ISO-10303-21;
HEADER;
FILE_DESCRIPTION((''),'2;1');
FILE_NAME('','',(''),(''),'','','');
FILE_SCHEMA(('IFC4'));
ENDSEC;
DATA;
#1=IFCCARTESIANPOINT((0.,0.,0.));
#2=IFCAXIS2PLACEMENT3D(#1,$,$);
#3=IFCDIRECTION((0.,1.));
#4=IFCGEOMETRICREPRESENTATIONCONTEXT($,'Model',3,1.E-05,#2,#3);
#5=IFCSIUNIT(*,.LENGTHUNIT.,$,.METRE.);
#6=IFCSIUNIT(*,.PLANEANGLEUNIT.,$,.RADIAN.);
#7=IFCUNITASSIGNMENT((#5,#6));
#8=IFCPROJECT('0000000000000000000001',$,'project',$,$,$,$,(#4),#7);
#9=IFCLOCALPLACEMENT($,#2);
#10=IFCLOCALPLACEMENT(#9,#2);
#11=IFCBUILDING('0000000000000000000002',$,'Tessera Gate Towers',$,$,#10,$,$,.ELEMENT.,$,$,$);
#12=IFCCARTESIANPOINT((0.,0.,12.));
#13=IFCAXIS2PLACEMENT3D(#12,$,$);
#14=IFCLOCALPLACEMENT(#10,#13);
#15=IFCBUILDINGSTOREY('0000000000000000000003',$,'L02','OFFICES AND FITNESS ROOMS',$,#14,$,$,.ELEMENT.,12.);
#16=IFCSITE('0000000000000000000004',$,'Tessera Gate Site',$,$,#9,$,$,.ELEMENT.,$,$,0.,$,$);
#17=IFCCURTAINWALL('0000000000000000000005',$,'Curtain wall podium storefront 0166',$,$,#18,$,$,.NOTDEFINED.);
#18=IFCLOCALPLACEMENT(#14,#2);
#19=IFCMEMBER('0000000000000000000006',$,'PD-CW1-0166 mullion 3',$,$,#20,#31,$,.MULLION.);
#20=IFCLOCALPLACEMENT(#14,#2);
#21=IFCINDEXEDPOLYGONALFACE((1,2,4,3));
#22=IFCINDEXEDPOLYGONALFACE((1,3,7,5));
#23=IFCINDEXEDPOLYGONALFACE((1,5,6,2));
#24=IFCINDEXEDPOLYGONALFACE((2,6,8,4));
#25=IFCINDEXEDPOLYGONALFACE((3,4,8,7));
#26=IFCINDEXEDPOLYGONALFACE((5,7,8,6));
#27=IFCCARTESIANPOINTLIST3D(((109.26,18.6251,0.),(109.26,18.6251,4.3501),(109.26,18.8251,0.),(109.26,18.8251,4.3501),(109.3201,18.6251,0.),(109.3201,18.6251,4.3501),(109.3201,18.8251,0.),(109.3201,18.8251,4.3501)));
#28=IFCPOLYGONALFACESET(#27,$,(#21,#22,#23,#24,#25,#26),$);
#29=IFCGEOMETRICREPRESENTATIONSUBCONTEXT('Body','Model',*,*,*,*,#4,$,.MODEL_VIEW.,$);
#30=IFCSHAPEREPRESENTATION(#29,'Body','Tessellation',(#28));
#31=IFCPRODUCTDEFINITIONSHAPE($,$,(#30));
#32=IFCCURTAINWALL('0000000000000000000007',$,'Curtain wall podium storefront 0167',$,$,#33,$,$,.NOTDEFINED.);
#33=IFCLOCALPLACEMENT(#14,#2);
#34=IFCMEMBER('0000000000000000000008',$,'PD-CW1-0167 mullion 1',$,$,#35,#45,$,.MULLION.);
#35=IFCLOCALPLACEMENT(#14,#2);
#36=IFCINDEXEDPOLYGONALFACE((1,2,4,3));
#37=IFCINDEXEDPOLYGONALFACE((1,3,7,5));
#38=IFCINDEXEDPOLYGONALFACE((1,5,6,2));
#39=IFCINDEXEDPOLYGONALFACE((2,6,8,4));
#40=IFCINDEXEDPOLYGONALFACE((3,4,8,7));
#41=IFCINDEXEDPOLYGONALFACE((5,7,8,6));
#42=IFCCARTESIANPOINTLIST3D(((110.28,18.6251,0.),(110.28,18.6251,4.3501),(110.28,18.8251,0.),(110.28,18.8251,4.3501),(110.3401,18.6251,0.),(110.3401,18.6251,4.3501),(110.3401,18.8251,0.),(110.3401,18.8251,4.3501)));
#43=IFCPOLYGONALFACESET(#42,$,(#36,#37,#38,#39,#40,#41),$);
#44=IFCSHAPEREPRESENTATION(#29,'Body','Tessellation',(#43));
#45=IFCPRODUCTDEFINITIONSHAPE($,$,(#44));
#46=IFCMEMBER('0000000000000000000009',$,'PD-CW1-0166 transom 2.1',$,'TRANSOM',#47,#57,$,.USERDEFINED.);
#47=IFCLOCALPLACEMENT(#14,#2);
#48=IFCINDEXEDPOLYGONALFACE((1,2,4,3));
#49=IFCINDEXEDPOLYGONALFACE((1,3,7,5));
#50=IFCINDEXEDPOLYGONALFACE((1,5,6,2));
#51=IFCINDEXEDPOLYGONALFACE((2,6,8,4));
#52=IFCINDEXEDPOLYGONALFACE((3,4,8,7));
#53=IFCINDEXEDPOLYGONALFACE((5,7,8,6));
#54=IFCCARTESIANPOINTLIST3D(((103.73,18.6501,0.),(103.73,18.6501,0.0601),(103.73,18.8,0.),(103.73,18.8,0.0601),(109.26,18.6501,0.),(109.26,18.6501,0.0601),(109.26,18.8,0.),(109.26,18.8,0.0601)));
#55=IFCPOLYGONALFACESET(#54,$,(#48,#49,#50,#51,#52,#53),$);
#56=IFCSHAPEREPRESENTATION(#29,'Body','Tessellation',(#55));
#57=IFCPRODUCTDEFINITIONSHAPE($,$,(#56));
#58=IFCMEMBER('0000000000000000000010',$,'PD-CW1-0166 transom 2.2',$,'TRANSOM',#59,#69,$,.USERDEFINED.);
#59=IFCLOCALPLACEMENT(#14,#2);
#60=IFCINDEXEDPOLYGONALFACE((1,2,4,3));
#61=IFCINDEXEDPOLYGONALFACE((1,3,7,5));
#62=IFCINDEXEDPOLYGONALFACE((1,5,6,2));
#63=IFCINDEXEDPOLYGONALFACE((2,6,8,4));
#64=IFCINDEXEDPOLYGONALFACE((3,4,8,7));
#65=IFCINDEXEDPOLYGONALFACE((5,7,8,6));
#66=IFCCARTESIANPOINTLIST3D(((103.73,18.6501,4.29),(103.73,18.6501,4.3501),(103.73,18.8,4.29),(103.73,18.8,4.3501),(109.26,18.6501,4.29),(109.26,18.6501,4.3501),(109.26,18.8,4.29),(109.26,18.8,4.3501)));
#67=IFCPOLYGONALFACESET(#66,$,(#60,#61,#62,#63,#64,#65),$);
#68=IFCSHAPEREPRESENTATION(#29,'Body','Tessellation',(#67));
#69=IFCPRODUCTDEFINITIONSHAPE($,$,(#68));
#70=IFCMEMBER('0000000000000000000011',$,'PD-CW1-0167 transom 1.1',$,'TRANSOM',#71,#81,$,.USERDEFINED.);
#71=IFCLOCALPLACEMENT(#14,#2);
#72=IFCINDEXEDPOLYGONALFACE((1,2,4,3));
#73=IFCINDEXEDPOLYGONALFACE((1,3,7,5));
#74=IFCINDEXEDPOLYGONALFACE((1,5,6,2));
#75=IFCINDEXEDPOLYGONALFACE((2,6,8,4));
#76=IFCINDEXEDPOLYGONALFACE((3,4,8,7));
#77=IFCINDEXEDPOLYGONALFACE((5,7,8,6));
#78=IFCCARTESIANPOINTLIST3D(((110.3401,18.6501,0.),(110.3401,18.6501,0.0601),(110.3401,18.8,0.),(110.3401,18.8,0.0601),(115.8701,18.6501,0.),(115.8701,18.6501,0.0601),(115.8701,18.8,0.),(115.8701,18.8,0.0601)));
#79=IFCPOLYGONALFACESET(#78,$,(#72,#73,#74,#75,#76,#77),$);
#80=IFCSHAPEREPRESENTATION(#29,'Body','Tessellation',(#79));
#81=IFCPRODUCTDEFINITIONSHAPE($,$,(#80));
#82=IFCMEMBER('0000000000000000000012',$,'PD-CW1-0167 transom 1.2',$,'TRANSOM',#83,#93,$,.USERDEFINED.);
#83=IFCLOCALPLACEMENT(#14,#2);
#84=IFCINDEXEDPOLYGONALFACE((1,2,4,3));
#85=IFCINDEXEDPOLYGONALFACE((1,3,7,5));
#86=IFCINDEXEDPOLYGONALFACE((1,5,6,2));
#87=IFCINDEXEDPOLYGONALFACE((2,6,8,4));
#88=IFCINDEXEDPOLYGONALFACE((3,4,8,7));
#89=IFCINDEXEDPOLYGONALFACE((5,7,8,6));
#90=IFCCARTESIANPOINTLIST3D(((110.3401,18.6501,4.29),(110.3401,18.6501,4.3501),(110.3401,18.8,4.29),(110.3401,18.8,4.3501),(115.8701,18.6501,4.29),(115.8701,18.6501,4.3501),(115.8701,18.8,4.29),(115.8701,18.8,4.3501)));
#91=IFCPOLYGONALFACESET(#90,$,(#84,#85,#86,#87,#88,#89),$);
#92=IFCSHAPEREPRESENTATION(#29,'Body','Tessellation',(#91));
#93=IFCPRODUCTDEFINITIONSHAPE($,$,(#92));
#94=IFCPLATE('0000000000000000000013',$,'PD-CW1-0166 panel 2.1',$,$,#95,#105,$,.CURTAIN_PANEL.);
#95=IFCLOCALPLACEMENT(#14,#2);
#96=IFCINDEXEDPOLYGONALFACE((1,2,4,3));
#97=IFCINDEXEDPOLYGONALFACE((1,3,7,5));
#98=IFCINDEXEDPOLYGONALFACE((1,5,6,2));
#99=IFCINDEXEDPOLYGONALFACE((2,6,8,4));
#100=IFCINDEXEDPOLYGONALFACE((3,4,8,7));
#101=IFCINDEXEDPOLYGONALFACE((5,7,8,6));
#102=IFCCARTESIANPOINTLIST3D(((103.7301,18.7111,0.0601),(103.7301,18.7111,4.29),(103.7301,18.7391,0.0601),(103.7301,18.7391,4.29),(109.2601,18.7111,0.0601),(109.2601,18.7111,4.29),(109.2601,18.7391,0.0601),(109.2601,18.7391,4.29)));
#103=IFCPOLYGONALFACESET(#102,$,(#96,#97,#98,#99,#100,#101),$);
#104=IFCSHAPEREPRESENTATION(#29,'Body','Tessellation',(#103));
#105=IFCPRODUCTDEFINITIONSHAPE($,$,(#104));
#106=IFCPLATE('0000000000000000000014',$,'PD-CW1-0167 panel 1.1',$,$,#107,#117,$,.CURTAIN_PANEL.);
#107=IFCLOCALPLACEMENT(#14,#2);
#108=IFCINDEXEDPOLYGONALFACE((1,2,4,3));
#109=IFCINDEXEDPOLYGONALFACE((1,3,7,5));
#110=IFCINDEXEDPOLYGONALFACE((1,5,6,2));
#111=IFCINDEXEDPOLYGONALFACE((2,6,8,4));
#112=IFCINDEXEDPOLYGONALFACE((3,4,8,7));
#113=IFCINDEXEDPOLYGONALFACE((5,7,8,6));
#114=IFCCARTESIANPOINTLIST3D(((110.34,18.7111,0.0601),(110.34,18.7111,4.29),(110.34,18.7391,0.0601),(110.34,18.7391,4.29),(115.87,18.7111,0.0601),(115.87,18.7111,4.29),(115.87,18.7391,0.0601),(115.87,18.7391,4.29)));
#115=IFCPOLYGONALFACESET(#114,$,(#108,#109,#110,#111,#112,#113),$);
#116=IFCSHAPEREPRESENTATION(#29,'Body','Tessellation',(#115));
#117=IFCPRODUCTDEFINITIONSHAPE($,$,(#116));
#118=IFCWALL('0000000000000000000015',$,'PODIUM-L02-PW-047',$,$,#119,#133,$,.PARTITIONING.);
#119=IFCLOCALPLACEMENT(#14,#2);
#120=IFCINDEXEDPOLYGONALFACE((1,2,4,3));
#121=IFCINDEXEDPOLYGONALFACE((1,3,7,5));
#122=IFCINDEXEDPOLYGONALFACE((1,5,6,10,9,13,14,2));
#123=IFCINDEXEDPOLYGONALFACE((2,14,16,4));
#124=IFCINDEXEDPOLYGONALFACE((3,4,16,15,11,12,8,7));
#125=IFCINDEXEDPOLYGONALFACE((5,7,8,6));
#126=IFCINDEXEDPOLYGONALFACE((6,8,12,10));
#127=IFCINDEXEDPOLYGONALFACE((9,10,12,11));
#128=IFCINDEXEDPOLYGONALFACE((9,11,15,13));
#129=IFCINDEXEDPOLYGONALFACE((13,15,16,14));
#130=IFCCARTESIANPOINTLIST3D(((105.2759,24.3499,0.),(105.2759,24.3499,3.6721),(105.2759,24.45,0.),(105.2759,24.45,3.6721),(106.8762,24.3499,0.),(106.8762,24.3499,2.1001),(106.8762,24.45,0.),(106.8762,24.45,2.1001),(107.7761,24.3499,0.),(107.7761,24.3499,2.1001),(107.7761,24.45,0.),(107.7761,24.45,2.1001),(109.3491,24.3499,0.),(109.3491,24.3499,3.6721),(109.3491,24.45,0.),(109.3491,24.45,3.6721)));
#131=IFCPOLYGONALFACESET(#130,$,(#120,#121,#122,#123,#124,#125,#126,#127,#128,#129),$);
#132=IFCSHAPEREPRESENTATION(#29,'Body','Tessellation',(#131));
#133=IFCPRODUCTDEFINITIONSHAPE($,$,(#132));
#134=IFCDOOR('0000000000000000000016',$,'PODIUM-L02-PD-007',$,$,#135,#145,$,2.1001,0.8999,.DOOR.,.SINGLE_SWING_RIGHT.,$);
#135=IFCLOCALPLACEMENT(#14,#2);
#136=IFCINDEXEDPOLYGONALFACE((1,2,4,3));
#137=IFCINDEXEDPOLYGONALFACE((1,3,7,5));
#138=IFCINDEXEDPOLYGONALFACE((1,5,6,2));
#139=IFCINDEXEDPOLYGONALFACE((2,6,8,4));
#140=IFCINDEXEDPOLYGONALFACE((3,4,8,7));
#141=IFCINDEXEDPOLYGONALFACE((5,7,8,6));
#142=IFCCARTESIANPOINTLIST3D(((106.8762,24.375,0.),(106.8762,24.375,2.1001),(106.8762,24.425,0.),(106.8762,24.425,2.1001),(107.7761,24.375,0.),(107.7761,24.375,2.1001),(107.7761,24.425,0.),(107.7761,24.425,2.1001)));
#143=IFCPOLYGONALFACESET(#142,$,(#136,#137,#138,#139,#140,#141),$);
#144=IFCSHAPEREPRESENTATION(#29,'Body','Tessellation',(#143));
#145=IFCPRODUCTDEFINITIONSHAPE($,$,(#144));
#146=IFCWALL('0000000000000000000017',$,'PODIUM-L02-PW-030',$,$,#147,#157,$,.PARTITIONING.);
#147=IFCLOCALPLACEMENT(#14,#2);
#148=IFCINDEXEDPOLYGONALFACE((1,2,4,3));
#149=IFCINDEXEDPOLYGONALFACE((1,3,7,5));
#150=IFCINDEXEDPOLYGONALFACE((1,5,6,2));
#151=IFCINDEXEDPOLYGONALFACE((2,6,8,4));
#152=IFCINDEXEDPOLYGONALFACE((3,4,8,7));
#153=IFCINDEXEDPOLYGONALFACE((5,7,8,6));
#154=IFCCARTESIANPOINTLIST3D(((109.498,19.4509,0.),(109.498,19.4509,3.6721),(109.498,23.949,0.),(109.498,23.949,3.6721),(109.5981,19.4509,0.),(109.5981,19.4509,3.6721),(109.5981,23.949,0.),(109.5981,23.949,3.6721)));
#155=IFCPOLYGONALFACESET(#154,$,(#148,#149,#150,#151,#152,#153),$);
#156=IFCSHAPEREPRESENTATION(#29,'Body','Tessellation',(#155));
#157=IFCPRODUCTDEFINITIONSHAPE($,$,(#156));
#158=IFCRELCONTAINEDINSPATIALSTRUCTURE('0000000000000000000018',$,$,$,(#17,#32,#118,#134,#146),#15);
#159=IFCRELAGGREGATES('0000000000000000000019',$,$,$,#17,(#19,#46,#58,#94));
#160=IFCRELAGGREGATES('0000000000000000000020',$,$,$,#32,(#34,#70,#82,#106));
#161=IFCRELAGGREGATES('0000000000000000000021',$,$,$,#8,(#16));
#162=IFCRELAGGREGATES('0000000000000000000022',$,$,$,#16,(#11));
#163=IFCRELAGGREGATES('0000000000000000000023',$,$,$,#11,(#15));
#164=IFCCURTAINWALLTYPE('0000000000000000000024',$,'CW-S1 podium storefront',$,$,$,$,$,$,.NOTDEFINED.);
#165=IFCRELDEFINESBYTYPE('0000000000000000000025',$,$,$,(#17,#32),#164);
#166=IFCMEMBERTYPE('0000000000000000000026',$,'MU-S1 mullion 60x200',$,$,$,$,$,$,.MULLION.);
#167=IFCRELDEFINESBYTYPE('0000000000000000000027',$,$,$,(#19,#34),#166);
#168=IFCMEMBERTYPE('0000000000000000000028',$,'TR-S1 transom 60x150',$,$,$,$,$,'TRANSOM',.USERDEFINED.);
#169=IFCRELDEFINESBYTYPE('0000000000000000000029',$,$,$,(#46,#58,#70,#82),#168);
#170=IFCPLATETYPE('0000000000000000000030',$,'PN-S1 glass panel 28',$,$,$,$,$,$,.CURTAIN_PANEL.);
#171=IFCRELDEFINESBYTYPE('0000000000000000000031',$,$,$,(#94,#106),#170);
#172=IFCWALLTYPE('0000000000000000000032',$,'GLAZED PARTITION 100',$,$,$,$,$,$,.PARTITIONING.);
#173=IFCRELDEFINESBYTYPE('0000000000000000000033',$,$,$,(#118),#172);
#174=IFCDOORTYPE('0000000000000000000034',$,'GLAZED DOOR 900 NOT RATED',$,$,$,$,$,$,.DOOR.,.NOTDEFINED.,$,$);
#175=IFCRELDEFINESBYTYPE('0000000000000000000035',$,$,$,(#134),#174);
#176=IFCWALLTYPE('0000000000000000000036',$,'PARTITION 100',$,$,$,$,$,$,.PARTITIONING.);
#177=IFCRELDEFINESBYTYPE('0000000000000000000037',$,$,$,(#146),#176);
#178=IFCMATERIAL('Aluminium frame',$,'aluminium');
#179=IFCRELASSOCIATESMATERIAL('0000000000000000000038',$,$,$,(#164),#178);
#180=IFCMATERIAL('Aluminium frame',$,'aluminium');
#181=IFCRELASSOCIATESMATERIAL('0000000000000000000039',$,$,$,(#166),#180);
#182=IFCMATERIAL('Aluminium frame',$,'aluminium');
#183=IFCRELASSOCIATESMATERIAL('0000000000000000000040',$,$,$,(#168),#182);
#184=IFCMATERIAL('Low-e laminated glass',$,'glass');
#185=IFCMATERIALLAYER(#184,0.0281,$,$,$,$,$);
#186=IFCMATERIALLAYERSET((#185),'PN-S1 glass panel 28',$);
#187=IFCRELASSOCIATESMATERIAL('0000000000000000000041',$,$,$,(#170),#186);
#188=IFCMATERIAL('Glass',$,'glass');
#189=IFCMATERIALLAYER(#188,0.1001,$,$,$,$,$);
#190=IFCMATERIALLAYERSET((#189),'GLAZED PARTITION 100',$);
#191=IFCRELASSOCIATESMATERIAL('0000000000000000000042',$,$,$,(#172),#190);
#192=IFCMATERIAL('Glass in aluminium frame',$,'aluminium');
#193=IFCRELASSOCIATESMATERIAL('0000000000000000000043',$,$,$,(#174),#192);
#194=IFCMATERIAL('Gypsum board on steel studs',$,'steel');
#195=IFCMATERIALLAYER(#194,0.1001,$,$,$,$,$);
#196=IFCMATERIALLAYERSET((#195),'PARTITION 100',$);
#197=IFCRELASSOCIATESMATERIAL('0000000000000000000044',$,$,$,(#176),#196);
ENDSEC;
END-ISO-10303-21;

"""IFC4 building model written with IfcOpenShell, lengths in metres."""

from ifc_helpers import new_model, si_unit, direction, frame, frame_2d, origin, origin_2d, place, context, subcontext, project, spatial, rectangle, extrude, source, transform, mapped, material, layer, layer_set, material_profile, profile_set, type_object, element, fill, aggregate, save


model = new_model("IFC4")

# Units and contexts
model_context = context("Model", 3, precision=1e-05, world=origin(), true_north=direction((0.0, 1.0)))
body_context = subcontext(model_context, "Body", "Model", "MODEL_VIEW")
ifc_project = project(units=[si_unit("LENGTHUNIT", "METRE"), si_unit("PLANEANGLEUNIT", "RADIAN")], contexts=[model_context])

# Site, building, storey
site_placement = place(None, origin())
site = spatial("IfcSite", under=ifc_project, at=site_placement, Name="Tessera Gate Site", CompositionType="ELEMENT", RefElevation=0.0)
building_placement = place(site_placement, origin())
building = spatial("IfcBuilding", under=site, at=building_placement, Name="Tessera Gate Towers", CompositionType="ELEMENT")
storey_placement = place(building_placement, frame((0.0, 0.0, 12.0)))
storey = spatial("IfcBuildingStorey", under=building, at=storey_placement, Name="L02", Description="OFFICES AND FITNESS ROOMS", CompositionType="ELEMENT", Elevation=12.0)

# Curtain wall, member
ifc_material_1 = material(Name="Aluminium frame", Category="aluminium")
curtain_wall_type = type_object("IfcCurtainWallType", Name="CW-S1 podium storefront", PredefinedType="NOTDEFINED", material=ifc_material_1)
curtain_wall_1_placement = place(storey_placement, origin())
curtain_wall_1 = element("IfcCurtainWall", 1, at=curtain_wall_1_placement, inside=storey, type_object=curtain_wall_type, Name="Curtain wall podium storefront 0166", PredefinedType="NOTDEFINED")
ifc_material_2 = material(Name="Aluminium frame", Category="aluminium")
ifc_material_profile_1 = material_profile(ifc_material_2, rectangle(XDim=0.0601, YDim=0.2, at=origin_2d()), Name="AL 60x200")
ifc_profile_set_1 = profile_set([ifc_material_profile_1], Name="Aluminium frame")
member_type_1 = type_object("IfcMemberType", Name="MU-S1 mullion 60x200", PredefinedType="MULLION", material=ifc_profile_set_1)
member_1_placement = place(storey_placement, frame((109.29, 18.7251, 0.0), z_axis=(0.0, 0.0, 1.0), x_axis=(1.0, 0.0, 0.0)))
member_1 = element("IfcMember", 2, at=member_1_placement, type_object=member_type_1, Name="PD-CW1-0166 mullion 3", PredefinedType="MULLION", context=body_context, shape_type="SweptSolid", body=[
    extrude(rectangle(XDim=0.0601, YDim=0.2, at=origin_2d()), origin(), (0.0, 0.0, 1.0), 4.3501),
])

# Curtain wall, member
curtain_wall_2_placement = place(storey_placement, origin())
curtain_wall_2 = element("IfcCurtainWall", 3, at=curtain_wall_2_placement, inside=storey, type_object=curtain_wall_type, Name="Curtain wall podium storefront 0167", PredefinedType="NOTDEFINED")
member_2_placement = place(storey_placement, frame((110.3101, 18.7251, 0.0), z_axis=(0.0, 0.0, 1.0), x_axis=(1.0, 0.0, 0.0)))
member_2 = element("IfcMember", 4, at=member_2_placement, type_object=member_type_1, Name="PD-CW1-0167 mullion 1", PredefinedType="MULLION", context=body_context, shape_type="SweptSolid", body=[
    extrude(rectangle(XDim=0.0601, YDim=0.2, at=origin_2d()), origin(), (0.0, 0.0, 1.0), 4.3501),
])

# Members
ifc_material_3 = material(Name="Aluminium frame", Category="aluminium")
ifc_material_profile_2 = material_profile(ifc_material_3, rectangle(XDim=0.1499, YDim=0.0601, at=origin_2d()), Name="AL 60x150")
ifc_profile_set_2 = profile_set([ifc_material_profile_2], Name="Aluminium frame")
member_type_2 = type_object("IfcMemberType", Name="TR-S1 transom 60x150", ElementType="TRANSOM", PredefinedType="USERDEFINED", material=ifc_profile_set_2)
member_3_placement = place(storey_placement, frame((103.73, 18.7251, 0.03), z_axis=(1.0, 0.0, 0.0), x_axis=(0.0, 1.0, 0.0)))
member_3 = element("IfcMember", 5, at=member_3_placement, type_object=member_type_2, Name="PD-CW1-0166 transom 2.1", ObjectType="TRANSOM", PredefinedType="USERDEFINED", context=body_context, shape_type="SweptSolid", body=[
    extrude(rectangle(XDim=0.1499, YDim=0.0601, at=origin_2d()), origin(), (0.0, 0.0, 1.0), 5.53),
])
member_4_placement = place(storey_placement, frame((103.73, 18.7251, 4.3201), z_axis=(1.0, 0.0, 0.0), x_axis=(0.0, 1.0, 0.0)))
member_4 = element("IfcMember", 6, at=member_4_placement, type_object=member_type_2, Name="PD-CW1-0166 transom 2.2", ObjectType="TRANSOM", PredefinedType="USERDEFINED", context=body_context, shape_type="SweptSolid", body=[
    extrude(rectangle(XDim=0.1499, YDim=0.0601, at=origin_2d()), origin(), (0.0, 0.0, 1.0), 5.53),
])
member_5_placement = place(storey_placement, frame((110.3401, 18.7251, 0.03), z_axis=(1.0, 0.0, 0.0), x_axis=(0.0, 1.0, 0.0)))
member_5 = element("IfcMember", 7, at=member_5_placement, type_object=member_type_2, Name="PD-CW1-0167 transom 1.1", ObjectType="TRANSOM", PredefinedType="USERDEFINED", context=body_context, shape_type="SweptSolid", body=[
    extrude(rectangle(XDim=0.1499, YDim=0.0601, at=origin_2d()), origin(), (0.0, 0.0, 1.0), 5.53),
])
member_6_placement = place(storey_placement, frame((110.3401, 18.7251, 4.3201), z_axis=(1.0, 0.0, 0.0), x_axis=(0.0, 1.0, 0.0)))
member_6 = element("IfcMember", 8, at=member_6_placement, type_object=member_type_2, Name="PD-CW1-0167 transom 1.2", ObjectType="TRANSOM", PredefinedType="USERDEFINED", context=body_context, shape_type="SweptSolid", body=[
    extrude(rectangle(XDim=0.1499, YDim=0.0601, at=origin_2d()), origin(), (0.0, 0.0, 1.0), 5.53),
])

# Plates
ifc_material_4 = material(Name="Low-e laminated glass", Category="glass")
ifc_layer_1 = layer(ifc_material_4, 0.0281)
ifc_layer_set_1 = layer_set([ifc_layer_1], Name="PN-S1 glass panel 28")
plate_type = type_object("IfcPlateType", Name="PN-S1 glass panel 28", PredefinedType="CURTAIN_PANEL", material=ifc_layer_set_1)
plate_1_placement = place(storey_placement, frame((106.4951, 18.7251, 0.0601), z_axis=(0.0, 0.0, 1.0), x_axis=(1.0, 0.0, 0.0)))
plate_1 = element("IfcPlate", 9, at=plate_1_placement, type_object=plate_type, Name="PD-CW1-0166 panel 2.1", PredefinedType="CURTAIN_PANEL", context=body_context, shape_type="SweptSolid", body=[
    extrude(rectangle(XDim=5.53, YDim=0.0281, at=origin_2d()), origin(), (0.0, 0.0, 1.0), 4.23),
])
aggregate(curtain_wall_1, [member_1, member_3, member_4, plate_1])
plate_2_placement = place(storey_placement, frame((113.105, 18.7251, 0.0601), z_axis=(0.0, 0.0, 1.0), x_axis=(1.0, 0.0, 0.0)))
plate_2 = element("IfcPlate", 10, at=plate_2_placement, type_object=plate_type, Name="PD-CW1-0167 panel 1.1", PredefinedType="CURTAIN_PANEL", context=body_context, shape_type="SweptSolid", body=[
    extrude(rectangle(XDim=5.53, YDim=0.0281, at=origin_2d()), origin(), (0.0, 0.0, 1.0), 4.23),
])
aggregate(curtain_wall_2, [member_2, member_5, member_6, plate_2])

# Wall, opening, door
ifc_material_5 = material(Name="Glass", Category="glass")
ifc_layer_2 = layer(ifc_material_5, 0.1001)
ifc_layer_set_2 = layer_set([ifc_layer_2], Name="GLAZED PARTITION 100")
wall_type_1 = type_object("IfcWallType", Name="GLAZED PARTITION 100", PredefinedType="PARTITIONING", material=ifc_layer_set_2)
wall_1_placement = place(storey_placement, frame((109.3491, 24.3999, 0.0), z_axis=(0.0, 0.0, 1.0), x_axis=(-1.0, 0.0, 0.0)))
wall_1 = element("IfcWall", 11, at=wall_1_placement, inside=storey, type_object=wall_type_1, Name="PODIUM-L02-PW-047", PredefinedType="PARTITIONING", context=body_context, shape_type="SweptSolid", body=[
    extrude(rectangle(XDim=4.0732, YDim=0.1001, at=frame_2d((2.0366, 0.0))), origin(), (0.0, 0.0, 1.0), 3.6721),
])
shared_shape_1 = source(origin(), body_context, "Body", "SweptSolid", [
    extrude(rectangle(XDim=0.8999, YDim=2.1001, at=frame_2d((0.45, 1.05))), frame((0.0, 0.0601, 0.0), z_axis=(0.0, -1.0, 0.0), x_axis=(1.0, 0.0, 0.0)), (0.0, 0.0, 1.0), 0.1201),
])
opening_1_placement = place(wall_1_placement, frame((1.573, 0.0, 0.0)))
opening_1 = element("IfcOpeningElement", 12, at=opening_1_placement, cuts=wall_1, PredefinedType="OPENING", context=body_context, shape_type="MappedRepresentation", body=[
    mapped(shared_shape_1, transform((0.0, 0.0, 0.0), scale=1.0)),
])
ifc_material_6 = material(Name="Glass in aluminium frame", Category="aluminium")
door_type_1 = type_object("IfcDoorType", Name="GLAZED DOOR 900 NOT RATED", OperationType="NOTDEFINED", PredefinedType="DOOR", material=ifc_material_6)
shared_shape_2 = source(origin(), body_context, "Body", "SweptSolid", [
    extrude(rectangle(XDim=0.8999, YDim=2.1001, at=frame_2d((0.45, 1.05))), frame((0.0, 0.0249, 0.0), z_axis=(0.0, -1.0, 0.0), x_axis=(1.0, 0.0, 0.0)), (0.0, 0.0, 1.0), 0.05),
])
door_1_placement = place(opening_1_placement, origin())
door_1 = element("IfcDoor", 13, at=door_1_placement, inside=storey, type_object=door_type_1, Name="PODIUM-L02-PD-007", OperationType="SINGLE_SWING_RIGHT", OverallHeight=2.1001, OverallWidth=0.8999, PredefinedType="DOOR", context=body_context, shape_type="MappedRepresentation", body=[
    mapped(shared_shape_2, transform((0.0, 0.0, 0.0), scale=1.0)),
])
fill(opening_1, door_1)

# Wall
ifc_material_7 = material(Name="Gypsum board on steel studs", Category="steel")
ifc_layer_3 = layer(ifc_material_7, 0.1001)
ifc_layer_set_3 = layer_set([ifc_layer_3], Name="PARTITION 100")
wall_type_2 = type_object("IfcWallType", Name="PARTITION 100", PredefinedType="PARTITIONING", material=ifc_layer_set_3)
wall_2_placement = place(storey_placement, frame((109.5481, 19.4509, 0.0), z_axis=(0.0, 0.0, 1.0), x_axis=(0.0, 1.0, 0.0)))
element("IfcWall", 14, at=wall_2_placement, inside=storey, type_object=wall_type_2, Name="PODIUM-L02-PW-030", PredefinedType="PARTITIONING", context=body_context, shape_type="SweptSolid", body=[
    extrude(rectangle(XDim=4.498, YDim=0.1001, at=frame_2d((2.249, 0.0))), origin(), (0.0, 0.0, 1.0), 3.6721),
])

save(model, "model.ifc")
